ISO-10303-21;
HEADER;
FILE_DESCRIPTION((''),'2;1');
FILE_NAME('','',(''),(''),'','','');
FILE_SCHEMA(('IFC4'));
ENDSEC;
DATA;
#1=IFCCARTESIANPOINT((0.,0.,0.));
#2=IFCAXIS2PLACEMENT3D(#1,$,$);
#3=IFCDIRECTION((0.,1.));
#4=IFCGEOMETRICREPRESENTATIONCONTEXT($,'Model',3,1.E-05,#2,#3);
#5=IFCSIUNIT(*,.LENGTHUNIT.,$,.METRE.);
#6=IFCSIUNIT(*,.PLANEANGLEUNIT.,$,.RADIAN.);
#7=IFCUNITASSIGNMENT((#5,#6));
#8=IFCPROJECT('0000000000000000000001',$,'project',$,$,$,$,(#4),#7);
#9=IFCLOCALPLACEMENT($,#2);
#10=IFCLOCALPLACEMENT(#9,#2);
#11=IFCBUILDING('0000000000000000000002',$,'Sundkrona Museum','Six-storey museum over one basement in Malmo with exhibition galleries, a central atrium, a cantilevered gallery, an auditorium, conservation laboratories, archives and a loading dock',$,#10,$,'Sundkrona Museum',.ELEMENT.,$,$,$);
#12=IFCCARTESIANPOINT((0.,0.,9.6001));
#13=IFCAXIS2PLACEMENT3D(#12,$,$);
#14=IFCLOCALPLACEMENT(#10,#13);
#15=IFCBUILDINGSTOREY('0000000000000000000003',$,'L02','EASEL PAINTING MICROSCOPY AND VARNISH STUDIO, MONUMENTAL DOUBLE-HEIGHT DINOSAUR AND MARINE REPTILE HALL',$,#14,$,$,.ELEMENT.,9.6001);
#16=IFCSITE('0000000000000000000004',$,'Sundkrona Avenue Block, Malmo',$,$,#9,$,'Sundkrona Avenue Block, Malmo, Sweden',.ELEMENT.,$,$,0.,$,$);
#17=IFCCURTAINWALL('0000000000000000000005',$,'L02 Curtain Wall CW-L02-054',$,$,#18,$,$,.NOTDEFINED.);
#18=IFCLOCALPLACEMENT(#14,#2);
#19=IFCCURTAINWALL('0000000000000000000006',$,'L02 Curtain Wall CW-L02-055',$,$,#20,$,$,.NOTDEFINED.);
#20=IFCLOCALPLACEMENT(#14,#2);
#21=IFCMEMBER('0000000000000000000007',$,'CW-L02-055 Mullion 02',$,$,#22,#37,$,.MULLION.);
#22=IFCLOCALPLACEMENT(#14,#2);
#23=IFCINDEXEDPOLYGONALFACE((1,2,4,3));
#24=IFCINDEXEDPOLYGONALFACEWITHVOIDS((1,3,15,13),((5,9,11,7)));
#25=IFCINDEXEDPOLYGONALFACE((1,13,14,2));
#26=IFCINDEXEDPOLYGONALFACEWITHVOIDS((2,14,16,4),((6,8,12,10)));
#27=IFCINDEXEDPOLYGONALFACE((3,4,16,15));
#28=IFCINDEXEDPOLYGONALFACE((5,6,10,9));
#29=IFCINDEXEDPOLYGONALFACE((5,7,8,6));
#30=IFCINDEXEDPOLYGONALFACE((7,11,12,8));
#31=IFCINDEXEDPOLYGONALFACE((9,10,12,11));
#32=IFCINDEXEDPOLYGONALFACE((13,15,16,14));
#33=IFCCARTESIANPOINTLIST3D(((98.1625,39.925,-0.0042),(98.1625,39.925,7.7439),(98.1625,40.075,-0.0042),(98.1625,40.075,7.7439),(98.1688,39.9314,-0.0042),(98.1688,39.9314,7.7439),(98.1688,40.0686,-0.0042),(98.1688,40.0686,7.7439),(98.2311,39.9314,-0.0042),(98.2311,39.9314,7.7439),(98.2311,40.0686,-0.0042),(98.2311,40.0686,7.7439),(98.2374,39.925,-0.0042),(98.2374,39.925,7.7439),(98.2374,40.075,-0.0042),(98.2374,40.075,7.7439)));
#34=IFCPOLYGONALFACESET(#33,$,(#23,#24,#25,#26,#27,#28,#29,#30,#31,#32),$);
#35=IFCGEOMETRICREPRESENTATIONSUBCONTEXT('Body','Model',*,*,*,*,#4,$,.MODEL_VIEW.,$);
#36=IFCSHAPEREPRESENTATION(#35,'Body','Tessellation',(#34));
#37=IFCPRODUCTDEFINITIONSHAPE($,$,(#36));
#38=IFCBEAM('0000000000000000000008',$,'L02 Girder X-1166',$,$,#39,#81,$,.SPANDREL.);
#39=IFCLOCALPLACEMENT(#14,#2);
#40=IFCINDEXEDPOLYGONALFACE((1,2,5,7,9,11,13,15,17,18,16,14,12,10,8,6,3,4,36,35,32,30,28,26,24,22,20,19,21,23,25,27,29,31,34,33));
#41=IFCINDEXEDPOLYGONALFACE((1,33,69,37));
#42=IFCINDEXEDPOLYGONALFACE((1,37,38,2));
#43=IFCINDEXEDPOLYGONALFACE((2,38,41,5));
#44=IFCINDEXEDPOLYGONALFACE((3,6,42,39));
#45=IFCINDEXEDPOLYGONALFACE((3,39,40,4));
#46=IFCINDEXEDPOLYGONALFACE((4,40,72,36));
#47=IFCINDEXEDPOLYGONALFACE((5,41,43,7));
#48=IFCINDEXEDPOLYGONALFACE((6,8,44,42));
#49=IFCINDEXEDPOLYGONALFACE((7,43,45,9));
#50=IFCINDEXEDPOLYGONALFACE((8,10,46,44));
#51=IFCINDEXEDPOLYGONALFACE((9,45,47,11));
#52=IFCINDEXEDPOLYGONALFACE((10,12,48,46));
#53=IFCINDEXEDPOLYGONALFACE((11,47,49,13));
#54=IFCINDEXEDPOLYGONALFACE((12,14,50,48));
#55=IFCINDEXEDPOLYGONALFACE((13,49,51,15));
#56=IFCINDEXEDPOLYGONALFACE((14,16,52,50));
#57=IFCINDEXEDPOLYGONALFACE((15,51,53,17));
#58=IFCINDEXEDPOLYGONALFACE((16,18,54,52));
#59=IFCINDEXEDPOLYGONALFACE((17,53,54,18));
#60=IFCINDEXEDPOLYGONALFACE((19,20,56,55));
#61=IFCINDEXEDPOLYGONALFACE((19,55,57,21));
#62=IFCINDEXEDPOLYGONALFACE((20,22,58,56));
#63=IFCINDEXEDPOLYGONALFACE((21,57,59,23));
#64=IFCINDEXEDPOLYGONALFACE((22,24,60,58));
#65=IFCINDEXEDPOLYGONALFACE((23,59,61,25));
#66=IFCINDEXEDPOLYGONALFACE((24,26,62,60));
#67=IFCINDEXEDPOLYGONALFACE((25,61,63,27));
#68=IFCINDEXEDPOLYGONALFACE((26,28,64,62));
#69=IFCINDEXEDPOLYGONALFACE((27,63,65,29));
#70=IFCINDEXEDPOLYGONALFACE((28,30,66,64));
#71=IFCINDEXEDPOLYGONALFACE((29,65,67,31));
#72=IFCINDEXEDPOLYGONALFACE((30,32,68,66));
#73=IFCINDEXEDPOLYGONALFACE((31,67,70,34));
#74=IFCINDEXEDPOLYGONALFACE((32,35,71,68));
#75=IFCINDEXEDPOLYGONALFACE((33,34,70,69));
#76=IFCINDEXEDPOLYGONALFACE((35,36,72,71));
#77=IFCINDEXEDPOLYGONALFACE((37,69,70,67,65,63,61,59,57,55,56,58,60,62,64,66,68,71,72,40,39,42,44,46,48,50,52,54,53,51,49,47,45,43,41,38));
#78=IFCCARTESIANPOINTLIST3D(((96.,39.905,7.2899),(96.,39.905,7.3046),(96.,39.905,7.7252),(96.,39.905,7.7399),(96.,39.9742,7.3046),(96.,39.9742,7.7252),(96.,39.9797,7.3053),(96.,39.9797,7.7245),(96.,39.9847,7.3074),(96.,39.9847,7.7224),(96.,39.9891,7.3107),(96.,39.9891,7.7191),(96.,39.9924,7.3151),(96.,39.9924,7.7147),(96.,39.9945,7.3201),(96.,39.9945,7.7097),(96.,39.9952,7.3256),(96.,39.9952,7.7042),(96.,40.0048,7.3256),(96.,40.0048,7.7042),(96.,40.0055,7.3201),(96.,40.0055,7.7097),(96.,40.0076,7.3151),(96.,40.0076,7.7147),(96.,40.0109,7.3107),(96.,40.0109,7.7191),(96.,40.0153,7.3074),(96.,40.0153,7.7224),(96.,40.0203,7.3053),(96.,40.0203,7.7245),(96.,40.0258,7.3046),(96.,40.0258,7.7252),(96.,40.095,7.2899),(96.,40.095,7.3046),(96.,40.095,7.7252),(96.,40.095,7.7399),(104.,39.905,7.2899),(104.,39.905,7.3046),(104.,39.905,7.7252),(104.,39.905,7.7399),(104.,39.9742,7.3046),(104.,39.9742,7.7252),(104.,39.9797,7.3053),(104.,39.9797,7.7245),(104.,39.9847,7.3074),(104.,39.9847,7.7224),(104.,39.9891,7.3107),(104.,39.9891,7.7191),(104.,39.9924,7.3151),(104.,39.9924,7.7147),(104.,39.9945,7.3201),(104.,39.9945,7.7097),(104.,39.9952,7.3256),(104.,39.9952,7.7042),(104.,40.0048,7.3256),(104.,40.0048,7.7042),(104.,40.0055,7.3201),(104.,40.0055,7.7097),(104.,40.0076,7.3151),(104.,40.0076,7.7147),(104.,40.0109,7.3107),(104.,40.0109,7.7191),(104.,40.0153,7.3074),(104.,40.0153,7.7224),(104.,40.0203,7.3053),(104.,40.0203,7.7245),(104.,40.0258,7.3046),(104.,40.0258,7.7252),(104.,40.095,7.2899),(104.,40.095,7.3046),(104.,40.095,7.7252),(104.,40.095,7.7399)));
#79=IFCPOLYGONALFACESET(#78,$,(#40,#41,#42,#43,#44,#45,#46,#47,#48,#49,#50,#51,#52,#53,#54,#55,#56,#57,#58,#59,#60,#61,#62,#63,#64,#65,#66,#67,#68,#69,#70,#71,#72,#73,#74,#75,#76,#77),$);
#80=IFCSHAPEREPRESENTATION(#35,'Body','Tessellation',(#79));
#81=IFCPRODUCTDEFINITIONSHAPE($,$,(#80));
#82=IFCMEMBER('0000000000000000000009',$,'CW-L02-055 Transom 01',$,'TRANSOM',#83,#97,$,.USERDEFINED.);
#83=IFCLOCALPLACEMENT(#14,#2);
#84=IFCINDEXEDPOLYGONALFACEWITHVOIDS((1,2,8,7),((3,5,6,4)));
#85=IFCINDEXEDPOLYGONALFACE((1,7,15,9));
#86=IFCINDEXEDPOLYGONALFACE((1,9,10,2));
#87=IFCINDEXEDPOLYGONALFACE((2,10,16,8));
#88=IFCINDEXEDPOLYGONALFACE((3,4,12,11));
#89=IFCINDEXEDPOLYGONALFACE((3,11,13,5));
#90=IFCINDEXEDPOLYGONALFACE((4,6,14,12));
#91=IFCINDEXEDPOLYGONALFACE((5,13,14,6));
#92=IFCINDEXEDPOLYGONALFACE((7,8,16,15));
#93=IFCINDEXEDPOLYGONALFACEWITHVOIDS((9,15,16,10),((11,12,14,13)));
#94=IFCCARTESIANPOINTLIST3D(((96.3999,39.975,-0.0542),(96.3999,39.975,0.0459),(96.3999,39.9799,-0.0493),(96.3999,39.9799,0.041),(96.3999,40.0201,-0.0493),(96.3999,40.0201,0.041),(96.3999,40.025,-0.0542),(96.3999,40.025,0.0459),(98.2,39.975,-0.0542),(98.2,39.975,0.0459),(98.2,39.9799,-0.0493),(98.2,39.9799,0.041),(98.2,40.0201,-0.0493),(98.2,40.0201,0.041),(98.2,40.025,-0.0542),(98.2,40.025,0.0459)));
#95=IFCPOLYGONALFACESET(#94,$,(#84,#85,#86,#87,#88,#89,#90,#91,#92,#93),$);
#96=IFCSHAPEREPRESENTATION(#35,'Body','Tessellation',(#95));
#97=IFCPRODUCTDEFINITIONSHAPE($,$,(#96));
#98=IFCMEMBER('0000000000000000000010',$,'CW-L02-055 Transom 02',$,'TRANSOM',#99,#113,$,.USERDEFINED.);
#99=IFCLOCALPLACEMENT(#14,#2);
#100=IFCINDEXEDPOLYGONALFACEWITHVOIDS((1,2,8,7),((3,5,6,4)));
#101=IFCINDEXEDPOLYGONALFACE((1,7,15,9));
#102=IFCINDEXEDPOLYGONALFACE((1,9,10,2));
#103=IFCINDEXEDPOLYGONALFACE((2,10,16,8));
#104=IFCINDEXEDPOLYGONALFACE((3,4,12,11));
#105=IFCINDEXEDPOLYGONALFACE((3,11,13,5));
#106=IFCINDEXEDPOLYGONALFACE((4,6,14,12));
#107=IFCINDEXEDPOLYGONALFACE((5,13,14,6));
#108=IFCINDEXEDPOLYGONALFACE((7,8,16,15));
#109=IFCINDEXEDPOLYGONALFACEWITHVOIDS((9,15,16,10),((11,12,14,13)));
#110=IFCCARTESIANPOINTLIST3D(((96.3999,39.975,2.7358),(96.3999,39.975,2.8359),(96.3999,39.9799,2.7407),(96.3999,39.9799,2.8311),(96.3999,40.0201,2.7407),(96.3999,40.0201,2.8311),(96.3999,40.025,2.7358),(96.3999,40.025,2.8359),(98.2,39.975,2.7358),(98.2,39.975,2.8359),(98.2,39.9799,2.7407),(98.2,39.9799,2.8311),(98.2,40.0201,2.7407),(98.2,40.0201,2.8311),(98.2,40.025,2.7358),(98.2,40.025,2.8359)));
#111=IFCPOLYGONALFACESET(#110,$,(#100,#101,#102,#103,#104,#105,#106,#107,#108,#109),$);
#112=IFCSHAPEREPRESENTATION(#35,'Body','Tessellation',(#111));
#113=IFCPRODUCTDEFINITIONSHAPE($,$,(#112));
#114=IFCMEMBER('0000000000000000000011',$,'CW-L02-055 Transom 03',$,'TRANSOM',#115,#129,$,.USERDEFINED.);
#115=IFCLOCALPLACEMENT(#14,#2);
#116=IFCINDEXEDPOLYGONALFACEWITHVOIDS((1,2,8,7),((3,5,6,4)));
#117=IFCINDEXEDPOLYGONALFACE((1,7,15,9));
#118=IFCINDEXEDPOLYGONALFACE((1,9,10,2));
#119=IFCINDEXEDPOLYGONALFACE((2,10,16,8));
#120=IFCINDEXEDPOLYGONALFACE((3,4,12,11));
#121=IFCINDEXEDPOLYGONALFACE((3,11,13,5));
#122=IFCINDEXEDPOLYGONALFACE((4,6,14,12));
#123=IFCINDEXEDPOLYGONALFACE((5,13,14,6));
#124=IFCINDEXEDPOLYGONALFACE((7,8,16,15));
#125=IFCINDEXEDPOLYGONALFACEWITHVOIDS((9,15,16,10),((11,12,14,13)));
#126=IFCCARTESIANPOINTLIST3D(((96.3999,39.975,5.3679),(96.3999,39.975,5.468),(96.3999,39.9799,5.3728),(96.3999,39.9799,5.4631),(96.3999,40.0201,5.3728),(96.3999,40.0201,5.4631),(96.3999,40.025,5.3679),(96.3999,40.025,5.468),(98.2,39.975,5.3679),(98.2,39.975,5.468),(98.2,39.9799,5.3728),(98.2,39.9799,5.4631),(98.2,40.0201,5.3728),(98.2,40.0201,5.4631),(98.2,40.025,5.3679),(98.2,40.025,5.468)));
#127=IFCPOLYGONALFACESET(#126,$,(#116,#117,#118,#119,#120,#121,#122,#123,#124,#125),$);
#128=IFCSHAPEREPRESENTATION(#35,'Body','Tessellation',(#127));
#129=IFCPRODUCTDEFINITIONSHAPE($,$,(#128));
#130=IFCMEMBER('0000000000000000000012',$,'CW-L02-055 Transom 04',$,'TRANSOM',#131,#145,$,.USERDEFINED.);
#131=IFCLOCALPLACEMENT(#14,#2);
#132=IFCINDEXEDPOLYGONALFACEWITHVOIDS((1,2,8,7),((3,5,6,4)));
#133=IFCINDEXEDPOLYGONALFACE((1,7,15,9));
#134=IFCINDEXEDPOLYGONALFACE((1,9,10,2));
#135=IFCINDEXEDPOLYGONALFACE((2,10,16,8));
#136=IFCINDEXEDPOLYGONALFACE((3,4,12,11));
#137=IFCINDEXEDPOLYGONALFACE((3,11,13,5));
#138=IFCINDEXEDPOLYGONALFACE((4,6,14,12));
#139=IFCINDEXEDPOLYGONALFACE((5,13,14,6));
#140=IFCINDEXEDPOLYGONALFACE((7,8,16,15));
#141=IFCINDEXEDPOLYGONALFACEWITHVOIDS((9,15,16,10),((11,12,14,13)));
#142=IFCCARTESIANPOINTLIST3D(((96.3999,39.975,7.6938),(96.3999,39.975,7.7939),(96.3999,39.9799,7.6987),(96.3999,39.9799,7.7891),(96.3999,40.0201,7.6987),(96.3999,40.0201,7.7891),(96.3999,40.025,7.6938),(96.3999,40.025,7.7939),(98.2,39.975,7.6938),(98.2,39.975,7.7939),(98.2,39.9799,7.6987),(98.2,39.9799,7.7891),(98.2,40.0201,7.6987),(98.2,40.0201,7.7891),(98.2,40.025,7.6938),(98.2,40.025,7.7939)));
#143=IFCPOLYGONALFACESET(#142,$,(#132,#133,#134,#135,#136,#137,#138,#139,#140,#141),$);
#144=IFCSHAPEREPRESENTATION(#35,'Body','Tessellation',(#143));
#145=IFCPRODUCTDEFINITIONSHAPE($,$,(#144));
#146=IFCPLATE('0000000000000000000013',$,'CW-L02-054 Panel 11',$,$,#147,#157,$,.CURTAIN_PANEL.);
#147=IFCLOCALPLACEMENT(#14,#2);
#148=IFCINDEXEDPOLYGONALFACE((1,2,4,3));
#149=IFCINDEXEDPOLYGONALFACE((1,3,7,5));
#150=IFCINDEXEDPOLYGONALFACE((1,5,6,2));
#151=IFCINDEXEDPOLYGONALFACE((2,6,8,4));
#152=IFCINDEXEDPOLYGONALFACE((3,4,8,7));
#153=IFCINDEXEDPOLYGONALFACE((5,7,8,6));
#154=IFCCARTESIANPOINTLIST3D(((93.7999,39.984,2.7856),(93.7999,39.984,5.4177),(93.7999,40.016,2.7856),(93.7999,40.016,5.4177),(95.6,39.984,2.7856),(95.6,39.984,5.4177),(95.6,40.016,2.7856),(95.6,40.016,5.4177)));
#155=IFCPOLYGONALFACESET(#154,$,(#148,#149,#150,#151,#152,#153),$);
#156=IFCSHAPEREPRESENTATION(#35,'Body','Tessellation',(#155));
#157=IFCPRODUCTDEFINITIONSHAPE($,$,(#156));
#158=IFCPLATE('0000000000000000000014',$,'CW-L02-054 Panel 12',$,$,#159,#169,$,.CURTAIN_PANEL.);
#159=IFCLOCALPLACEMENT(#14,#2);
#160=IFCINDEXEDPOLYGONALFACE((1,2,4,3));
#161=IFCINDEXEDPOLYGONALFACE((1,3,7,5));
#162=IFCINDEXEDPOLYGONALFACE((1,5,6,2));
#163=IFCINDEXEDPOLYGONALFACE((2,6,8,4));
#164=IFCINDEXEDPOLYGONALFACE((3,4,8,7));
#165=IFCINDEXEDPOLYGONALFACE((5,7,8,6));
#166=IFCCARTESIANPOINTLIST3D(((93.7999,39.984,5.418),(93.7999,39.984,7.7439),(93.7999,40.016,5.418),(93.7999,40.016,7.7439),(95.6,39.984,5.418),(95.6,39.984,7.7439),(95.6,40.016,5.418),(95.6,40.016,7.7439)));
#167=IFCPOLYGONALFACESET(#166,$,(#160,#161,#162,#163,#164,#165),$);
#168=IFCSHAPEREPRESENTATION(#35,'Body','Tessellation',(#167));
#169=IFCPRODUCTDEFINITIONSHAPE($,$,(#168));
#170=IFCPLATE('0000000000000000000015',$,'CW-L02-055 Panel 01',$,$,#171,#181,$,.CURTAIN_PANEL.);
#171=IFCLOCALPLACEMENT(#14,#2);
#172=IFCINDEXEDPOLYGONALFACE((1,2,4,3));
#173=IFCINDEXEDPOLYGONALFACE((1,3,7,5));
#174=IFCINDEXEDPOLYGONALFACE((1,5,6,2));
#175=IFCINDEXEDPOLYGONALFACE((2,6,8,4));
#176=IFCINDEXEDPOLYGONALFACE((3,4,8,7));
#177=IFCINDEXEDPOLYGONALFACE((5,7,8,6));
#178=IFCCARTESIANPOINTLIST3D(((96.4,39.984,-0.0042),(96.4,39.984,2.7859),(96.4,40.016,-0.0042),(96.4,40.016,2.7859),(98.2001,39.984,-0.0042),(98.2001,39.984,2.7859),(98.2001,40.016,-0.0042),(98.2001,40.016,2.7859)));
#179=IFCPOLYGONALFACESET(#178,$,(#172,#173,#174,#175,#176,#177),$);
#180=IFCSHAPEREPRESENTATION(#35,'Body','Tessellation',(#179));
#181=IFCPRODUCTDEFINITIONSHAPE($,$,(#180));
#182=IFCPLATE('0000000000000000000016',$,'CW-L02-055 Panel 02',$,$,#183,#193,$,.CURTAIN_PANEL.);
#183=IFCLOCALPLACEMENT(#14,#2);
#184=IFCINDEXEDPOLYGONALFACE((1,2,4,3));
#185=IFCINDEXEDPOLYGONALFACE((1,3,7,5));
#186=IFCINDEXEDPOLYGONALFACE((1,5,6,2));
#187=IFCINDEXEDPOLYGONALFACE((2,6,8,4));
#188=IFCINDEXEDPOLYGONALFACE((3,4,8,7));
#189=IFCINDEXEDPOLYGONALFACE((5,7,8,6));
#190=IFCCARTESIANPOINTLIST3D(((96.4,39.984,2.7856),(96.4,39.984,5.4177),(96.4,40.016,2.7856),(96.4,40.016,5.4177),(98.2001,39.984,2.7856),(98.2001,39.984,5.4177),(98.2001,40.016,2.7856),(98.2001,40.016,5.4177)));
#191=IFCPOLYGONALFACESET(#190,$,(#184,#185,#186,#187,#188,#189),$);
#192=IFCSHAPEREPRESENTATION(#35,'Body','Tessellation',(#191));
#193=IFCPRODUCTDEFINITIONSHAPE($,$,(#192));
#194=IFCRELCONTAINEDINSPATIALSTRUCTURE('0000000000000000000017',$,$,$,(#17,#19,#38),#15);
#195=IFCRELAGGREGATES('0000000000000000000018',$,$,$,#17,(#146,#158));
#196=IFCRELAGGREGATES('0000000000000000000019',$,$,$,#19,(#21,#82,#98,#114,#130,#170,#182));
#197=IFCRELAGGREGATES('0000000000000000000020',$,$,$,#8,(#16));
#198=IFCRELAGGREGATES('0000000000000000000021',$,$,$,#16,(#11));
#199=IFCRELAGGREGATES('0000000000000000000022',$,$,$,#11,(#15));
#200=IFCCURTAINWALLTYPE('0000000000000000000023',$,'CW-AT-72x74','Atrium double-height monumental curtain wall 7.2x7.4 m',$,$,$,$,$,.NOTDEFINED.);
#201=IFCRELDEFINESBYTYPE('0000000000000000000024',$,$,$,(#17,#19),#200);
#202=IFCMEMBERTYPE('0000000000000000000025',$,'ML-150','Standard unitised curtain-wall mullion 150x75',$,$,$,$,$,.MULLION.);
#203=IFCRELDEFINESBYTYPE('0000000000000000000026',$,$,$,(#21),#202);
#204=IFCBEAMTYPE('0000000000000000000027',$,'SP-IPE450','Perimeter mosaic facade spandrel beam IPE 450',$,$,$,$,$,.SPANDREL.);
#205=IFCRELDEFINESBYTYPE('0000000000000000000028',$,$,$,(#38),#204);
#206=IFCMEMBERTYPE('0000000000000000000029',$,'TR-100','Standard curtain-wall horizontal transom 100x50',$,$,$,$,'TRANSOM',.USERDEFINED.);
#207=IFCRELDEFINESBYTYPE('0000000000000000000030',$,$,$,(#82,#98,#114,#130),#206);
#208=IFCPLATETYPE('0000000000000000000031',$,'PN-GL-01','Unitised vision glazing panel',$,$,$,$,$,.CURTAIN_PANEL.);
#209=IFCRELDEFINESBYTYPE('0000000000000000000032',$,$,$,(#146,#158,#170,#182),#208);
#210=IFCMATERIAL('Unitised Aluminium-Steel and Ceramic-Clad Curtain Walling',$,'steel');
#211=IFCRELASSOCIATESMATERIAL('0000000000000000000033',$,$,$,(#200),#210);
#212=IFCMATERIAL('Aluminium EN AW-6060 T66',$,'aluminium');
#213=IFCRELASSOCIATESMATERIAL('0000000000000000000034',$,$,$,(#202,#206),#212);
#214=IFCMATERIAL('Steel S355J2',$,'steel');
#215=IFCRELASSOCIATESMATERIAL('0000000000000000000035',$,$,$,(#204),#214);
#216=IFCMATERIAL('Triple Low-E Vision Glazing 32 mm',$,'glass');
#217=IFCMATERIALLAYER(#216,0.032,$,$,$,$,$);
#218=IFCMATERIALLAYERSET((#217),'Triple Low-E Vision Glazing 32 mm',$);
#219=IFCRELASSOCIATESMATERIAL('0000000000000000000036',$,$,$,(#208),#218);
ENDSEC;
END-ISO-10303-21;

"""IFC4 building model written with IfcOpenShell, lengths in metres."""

from ifc_helpers import new_model, si_unit, direction, frame, origin, origin_2d, place, context, subcontext, project, spatial, rectangle, hollow_rectangle, i_section, extrude, material, layer, layer_set, material_profile, profile_set, type_object, element, aggregate, save


model = new_model("IFC4")

# Units and contexts
model_context = context("Model", 3, precision=1e-05, world=origin(), true_north=direction((0.0, 1.0)))
body_context = subcontext(model_context, "Body", "Model", "MODEL_VIEW")
ifc_project = project(units=[si_unit("LENGTHUNIT", "METRE"), si_unit("PLANEANGLEUNIT", "RADIAN")], contexts=[model_context])

# Site, building, storey
site_placement = place(None, origin())
site = spatial("IfcSite", under=ifc_project, at=site_placement, Name="Sundkrona Avenue Block, Malmo", LongName="Sundkrona Avenue Block, Malmo, Sweden", CompositionType="ELEMENT", RefElevation=0.0)
building_placement = place(site_placement, origin())
building = spatial("IfcBuilding", under=site, at=building_placement, Name="Sundkrona Museum", Description="Six-storey museum over one basement in Malmo with exhibition galleries, a central atrium, a cantilevered gallery, an auditorium, conservation laboratories, archives and a loading dock", LongName="Sundkrona Museum", CompositionType="ELEMENT")
storey_placement = place(building_placement, frame((0.0, 0.0, 9.6001)))
storey = spatial("IfcBuildingStorey", under=building, at=storey_placement, Name="L02", Description="EASEL PAINTING MICROSCOPY AND VARNISH STUDIO, MONUMENTAL DOUBLE-HEIGHT DINOSAUR AND MARINE REPTILE HALL", CompositionType="ELEMENT", Elevation=9.6001)

# Shared definitions
ifc_material_1 = material(Name="Steel S355J2", Category="steel")

# Curtain wall
ifc_material_2 = material(Name="Unitised Aluminium-Steel and Ceramic-Clad Curtain Walling", Category="steel")
curtain_wall_type = type_object("IfcCurtainWallType", Name="CW-AT-72x74", Description="Atrium double-height monumental curtain wall 7.2x7.4 m", PredefinedType="NOTDEFINED", material=ifc_material_2)
curtain_wall_1_placement = place(storey_placement, origin())
curtain_wall_1 = element("IfcCurtainWall", 1, at=curtain_wall_1_placement, inside=storey, type_object=curtain_wall_type, Name="L02 Curtain Wall CW-L02-054", PredefinedType="NOTDEFINED")
ifc_material_3 = material(Name="Aluminium EN AW-6060 T66", Category="aluminium")
ifc_material_profile_1 = material_profile(ifc_material_3, hollow_rectangle(XDim=0.075, YDim=0.1499, WallThickness=0.0063, at=origin_2d()), Name="RHS 150x75x6.3")
ifc_profile_set_1 = profile_set([ifc_material_profile_1], Name="Aluminium EN AW-6060 T66")
member_type_1 = type_object("IfcMemberType", Name="ML-150", Description="Standard unitised curtain-wall mullion 150x75", PredefinedType="MULLION", material=ifc_profile_set_1)

# Curtain wall, member
curtain_wall_2_placement = place(storey_placement, origin())
curtain_wall_2 = element("IfcCurtainWall", 2, at=curtain_wall_2_placement, inside=storey, type_object=curtain_wall_type, Name="L02 Curtain Wall CW-L02-055", PredefinedType="NOTDEFINED")
member_1_placement = place(storey_placement, frame((98.2, 40.0, -0.0042), z_axis=(0.0, 0.0, 1.0), x_axis=(1.0, 0.0, 0.0)))
member_1 = element("IfcMember", 3, at=member_1_placement, type_object=member_type_1, Name="CW-L02-055 Mullion 02", PredefinedType="MULLION", context=body_context, shape_type="SweptSolid", body=[
    extrude(hollow_rectangle(XDim=0.075, YDim=0.1499, WallThickness=0.0063, at=origin_2d()), origin(), (0.0, 0.0, 1.0), 7.748),
])

# Beam
ifc_material_profile_2 = material_profile(ifc_material_1, i_section(OverallWidth=0.1899, OverallDepth=0.45, WebThickness=0.0095, FlangeThickness=0.0146, FilletRadius=0.021, at=origin_2d()), Name="IPE 450")
ifc_profile_set_2 = profile_set([ifc_material_profile_2], Name="Steel S355J2")
beam_type_1 = type_object("IfcBeamType", Name="SP-IPE450", Description="Perimeter mosaic facade spandrel beam IPE 450", PredefinedType="SPANDREL", material=ifc_profile_set_2)
beam_1_placement = place(storey_placement, frame((96.0, 40.0, 7.5149), z_axis=(1.0, 0.0, 0.0), x_axis=(0.0, 1.0, 0.0)))
element("IfcBeam", 4, at=beam_1_placement, inside=storey, type_object=beam_type_1, Name="L02 Girder X-1166", PredefinedType="SPANDREL", context=body_context, shape_type="SweptSolid", body=[
    extrude(i_section(OverallWidth=0.1899, OverallDepth=0.45, WebThickness=0.0095, FlangeThickness=0.0146, FilletRadius=0.021, at=origin_2d()), origin(), (0.0, 0.0, 1.0), 8.0),
])

# Members
ifc_material_profile_3 = material_profile(ifc_material_3, hollow_rectangle(XDim=0.05, YDim=0.1001, WallThickness=0.0049, at=origin_2d()), Name="RHS 100x50x5.0")
ifc_profile_set_3 = profile_set([ifc_material_profile_3], Name="Aluminium EN AW-6060 T66")
member_type_2 = type_object("IfcMemberType", Name="TR-100", Description="Standard curtain-wall horizontal transom 100x50", ElementType="TRANSOM", PredefinedType="USERDEFINED", material=ifc_profile_set_3)
member_2_placement = place(storey_placement, frame((96.3999, 40.0, -0.0042), z_axis=(1.0, 0.0, 0.0), x_axis=(0.0, 1.0, 0.0)))
member_2 = element("IfcMember", 5, at=member_2_placement, type_object=member_type_2, Name="CW-L02-055 Transom 01", ObjectType="TRANSOM", PredefinedType="USERDEFINED", context=body_context, shape_type="SweptSolid", body=[
    extrude(hollow_rectangle(XDim=0.05, YDim=0.1001, WallThickness=0.0049, at=origin_2d()), origin(), (0.0, 0.0, 1.0), 1.8),
])
member_3_placement = place(storey_placement, frame((96.3999, 40.0, 2.7859), z_axis=(1.0, 0.0, 0.0), x_axis=(0.0, 1.0, 0.0)))
member_3 = element("IfcMember", 6, at=member_3_placement, type_object=member_type_2, Name="CW-L02-055 Transom 02", ObjectType="TRANSOM", PredefinedType="USERDEFINED", context=body_context, shape_type="SweptSolid", body=[
    extrude(hollow_rectangle(XDim=0.05, YDim=0.1001, WallThickness=0.0049, at=origin_2d()), origin(), (0.0, 0.0, 1.0), 1.8),
])
member_4_placement = place(storey_placement, frame((96.3999, 40.0, 5.418), z_axis=(1.0, 0.0, 0.0), x_axis=(0.0, 1.0, 0.0)))
member_4 = element("IfcMember", 7, at=member_4_placement, type_object=member_type_2, Name="CW-L02-055 Transom 03", ObjectType="TRANSOM", PredefinedType="USERDEFINED", context=body_context, shape_type="SweptSolid", body=[
    extrude(hollow_rectangle(XDim=0.05, YDim=0.1001, WallThickness=0.0049, at=origin_2d()), origin(), (0.0, 0.0, 1.0), 1.8),
])
member_5_placement = place(storey_placement, frame((96.3999, 40.0, 7.7439), z_axis=(1.0, 0.0, 0.0), x_axis=(0.0, 1.0, 0.0)))
member_5 = element("IfcMember", 8, at=member_5_placement, type_object=member_type_2, Name="CW-L02-055 Transom 04", ObjectType="TRANSOM", PredefinedType="USERDEFINED", context=body_context, shape_type="SweptSolid", body=[
    extrude(hollow_rectangle(XDim=0.05, YDim=0.1001, WallThickness=0.0049, at=origin_2d()), origin(), (0.0, 0.0, 1.0), 1.8),
])

# Plates
ifc_material_4 = material(Name="Triple Low-E Vision Glazing 32 mm", Category="glass")
ifc_layer = layer(ifc_material_4, 0.032)
ifc_layer_set = layer_set([ifc_layer], Name="Triple Low-E Vision Glazing 32 mm")
plate_type = type_object("IfcPlateType", Name="PN-GL-01", Description="Unitised vision glazing panel", PredefinedType="CURTAIN_PANEL", material=ifc_layer_set)
plate_1_placement = place(storey_placement, frame((94.7, 40.0, 2.7856), z_axis=(0.0, 0.0, 1.0), x_axis=(1.0, 0.0, 0.0)))
plate_1 = element("IfcPlate", 9, at=plate_1_placement, type_object=plate_type, Name="CW-L02-054 Panel 11", PredefinedType="CURTAIN_PANEL", context=body_context, shape_type="SweptSolid", body=[
    extrude(rectangle(XDim=1.8, YDim=0.032, at=origin_2d()), origin(), (0.0, 0.0, 1.0), 2.6321),
])
plate_2_placement = place(storey_placement, frame((94.7, 40.0, 5.418), z_axis=(0.0, 0.0, 1.0), x_axis=(1.0, 0.0, 0.0)))
plate_2 = element("IfcPlate", 10, at=plate_2_placement, type_object=plate_type, Name="CW-L02-054 Panel 12", PredefinedType="CURTAIN_PANEL", context=body_context, shape_type="SweptSolid", body=[
    extrude(rectangle(XDim=1.8, YDim=0.032, at=origin_2d()), origin(), (0.0, 0.0, 1.0), 2.3259),
])
aggregate(curtain_wall_1, [plate_1, plate_2])
plate_3_placement = place(storey_placement, frame((97.3, 40.0, -0.0042), z_axis=(0.0, 0.0, 1.0), x_axis=(1.0, 0.0, 0.0)))
plate_3 = element("IfcPlate", 11, at=plate_3_placement, type_object=plate_type, Name="CW-L02-055 Panel 01", PredefinedType="CURTAIN_PANEL", context=body_context, shape_type="SweptSolid", body=[
    extrude(rectangle(XDim=1.8, YDim=0.032, at=origin_2d()), origin(), (0.0, 0.0, 1.0), 2.79),
])
plate_4_placement = place(storey_placement, frame((97.3, 40.0, 2.7856), z_axis=(0.0, 0.0, 1.0), x_axis=(1.0, 0.0, 0.0)))
plate_4 = element("IfcPlate", 12, at=plate_4_placement, type_object=plate_type, Name="CW-L02-055 Panel 02", PredefinedType="CURTAIN_PANEL", context=body_context, shape_type="SweptSolid", body=[
    extrude(rectangle(XDim=1.8, YDim=0.032, at=origin_2d()), origin(), (0.0, 0.0, 1.0), 2.6321),
])
aggregate(curtain_wall_2, [member_1, member_2, member_3, member_4, member_5, plate_3, plate_4])

save(model, "model.ifc")
